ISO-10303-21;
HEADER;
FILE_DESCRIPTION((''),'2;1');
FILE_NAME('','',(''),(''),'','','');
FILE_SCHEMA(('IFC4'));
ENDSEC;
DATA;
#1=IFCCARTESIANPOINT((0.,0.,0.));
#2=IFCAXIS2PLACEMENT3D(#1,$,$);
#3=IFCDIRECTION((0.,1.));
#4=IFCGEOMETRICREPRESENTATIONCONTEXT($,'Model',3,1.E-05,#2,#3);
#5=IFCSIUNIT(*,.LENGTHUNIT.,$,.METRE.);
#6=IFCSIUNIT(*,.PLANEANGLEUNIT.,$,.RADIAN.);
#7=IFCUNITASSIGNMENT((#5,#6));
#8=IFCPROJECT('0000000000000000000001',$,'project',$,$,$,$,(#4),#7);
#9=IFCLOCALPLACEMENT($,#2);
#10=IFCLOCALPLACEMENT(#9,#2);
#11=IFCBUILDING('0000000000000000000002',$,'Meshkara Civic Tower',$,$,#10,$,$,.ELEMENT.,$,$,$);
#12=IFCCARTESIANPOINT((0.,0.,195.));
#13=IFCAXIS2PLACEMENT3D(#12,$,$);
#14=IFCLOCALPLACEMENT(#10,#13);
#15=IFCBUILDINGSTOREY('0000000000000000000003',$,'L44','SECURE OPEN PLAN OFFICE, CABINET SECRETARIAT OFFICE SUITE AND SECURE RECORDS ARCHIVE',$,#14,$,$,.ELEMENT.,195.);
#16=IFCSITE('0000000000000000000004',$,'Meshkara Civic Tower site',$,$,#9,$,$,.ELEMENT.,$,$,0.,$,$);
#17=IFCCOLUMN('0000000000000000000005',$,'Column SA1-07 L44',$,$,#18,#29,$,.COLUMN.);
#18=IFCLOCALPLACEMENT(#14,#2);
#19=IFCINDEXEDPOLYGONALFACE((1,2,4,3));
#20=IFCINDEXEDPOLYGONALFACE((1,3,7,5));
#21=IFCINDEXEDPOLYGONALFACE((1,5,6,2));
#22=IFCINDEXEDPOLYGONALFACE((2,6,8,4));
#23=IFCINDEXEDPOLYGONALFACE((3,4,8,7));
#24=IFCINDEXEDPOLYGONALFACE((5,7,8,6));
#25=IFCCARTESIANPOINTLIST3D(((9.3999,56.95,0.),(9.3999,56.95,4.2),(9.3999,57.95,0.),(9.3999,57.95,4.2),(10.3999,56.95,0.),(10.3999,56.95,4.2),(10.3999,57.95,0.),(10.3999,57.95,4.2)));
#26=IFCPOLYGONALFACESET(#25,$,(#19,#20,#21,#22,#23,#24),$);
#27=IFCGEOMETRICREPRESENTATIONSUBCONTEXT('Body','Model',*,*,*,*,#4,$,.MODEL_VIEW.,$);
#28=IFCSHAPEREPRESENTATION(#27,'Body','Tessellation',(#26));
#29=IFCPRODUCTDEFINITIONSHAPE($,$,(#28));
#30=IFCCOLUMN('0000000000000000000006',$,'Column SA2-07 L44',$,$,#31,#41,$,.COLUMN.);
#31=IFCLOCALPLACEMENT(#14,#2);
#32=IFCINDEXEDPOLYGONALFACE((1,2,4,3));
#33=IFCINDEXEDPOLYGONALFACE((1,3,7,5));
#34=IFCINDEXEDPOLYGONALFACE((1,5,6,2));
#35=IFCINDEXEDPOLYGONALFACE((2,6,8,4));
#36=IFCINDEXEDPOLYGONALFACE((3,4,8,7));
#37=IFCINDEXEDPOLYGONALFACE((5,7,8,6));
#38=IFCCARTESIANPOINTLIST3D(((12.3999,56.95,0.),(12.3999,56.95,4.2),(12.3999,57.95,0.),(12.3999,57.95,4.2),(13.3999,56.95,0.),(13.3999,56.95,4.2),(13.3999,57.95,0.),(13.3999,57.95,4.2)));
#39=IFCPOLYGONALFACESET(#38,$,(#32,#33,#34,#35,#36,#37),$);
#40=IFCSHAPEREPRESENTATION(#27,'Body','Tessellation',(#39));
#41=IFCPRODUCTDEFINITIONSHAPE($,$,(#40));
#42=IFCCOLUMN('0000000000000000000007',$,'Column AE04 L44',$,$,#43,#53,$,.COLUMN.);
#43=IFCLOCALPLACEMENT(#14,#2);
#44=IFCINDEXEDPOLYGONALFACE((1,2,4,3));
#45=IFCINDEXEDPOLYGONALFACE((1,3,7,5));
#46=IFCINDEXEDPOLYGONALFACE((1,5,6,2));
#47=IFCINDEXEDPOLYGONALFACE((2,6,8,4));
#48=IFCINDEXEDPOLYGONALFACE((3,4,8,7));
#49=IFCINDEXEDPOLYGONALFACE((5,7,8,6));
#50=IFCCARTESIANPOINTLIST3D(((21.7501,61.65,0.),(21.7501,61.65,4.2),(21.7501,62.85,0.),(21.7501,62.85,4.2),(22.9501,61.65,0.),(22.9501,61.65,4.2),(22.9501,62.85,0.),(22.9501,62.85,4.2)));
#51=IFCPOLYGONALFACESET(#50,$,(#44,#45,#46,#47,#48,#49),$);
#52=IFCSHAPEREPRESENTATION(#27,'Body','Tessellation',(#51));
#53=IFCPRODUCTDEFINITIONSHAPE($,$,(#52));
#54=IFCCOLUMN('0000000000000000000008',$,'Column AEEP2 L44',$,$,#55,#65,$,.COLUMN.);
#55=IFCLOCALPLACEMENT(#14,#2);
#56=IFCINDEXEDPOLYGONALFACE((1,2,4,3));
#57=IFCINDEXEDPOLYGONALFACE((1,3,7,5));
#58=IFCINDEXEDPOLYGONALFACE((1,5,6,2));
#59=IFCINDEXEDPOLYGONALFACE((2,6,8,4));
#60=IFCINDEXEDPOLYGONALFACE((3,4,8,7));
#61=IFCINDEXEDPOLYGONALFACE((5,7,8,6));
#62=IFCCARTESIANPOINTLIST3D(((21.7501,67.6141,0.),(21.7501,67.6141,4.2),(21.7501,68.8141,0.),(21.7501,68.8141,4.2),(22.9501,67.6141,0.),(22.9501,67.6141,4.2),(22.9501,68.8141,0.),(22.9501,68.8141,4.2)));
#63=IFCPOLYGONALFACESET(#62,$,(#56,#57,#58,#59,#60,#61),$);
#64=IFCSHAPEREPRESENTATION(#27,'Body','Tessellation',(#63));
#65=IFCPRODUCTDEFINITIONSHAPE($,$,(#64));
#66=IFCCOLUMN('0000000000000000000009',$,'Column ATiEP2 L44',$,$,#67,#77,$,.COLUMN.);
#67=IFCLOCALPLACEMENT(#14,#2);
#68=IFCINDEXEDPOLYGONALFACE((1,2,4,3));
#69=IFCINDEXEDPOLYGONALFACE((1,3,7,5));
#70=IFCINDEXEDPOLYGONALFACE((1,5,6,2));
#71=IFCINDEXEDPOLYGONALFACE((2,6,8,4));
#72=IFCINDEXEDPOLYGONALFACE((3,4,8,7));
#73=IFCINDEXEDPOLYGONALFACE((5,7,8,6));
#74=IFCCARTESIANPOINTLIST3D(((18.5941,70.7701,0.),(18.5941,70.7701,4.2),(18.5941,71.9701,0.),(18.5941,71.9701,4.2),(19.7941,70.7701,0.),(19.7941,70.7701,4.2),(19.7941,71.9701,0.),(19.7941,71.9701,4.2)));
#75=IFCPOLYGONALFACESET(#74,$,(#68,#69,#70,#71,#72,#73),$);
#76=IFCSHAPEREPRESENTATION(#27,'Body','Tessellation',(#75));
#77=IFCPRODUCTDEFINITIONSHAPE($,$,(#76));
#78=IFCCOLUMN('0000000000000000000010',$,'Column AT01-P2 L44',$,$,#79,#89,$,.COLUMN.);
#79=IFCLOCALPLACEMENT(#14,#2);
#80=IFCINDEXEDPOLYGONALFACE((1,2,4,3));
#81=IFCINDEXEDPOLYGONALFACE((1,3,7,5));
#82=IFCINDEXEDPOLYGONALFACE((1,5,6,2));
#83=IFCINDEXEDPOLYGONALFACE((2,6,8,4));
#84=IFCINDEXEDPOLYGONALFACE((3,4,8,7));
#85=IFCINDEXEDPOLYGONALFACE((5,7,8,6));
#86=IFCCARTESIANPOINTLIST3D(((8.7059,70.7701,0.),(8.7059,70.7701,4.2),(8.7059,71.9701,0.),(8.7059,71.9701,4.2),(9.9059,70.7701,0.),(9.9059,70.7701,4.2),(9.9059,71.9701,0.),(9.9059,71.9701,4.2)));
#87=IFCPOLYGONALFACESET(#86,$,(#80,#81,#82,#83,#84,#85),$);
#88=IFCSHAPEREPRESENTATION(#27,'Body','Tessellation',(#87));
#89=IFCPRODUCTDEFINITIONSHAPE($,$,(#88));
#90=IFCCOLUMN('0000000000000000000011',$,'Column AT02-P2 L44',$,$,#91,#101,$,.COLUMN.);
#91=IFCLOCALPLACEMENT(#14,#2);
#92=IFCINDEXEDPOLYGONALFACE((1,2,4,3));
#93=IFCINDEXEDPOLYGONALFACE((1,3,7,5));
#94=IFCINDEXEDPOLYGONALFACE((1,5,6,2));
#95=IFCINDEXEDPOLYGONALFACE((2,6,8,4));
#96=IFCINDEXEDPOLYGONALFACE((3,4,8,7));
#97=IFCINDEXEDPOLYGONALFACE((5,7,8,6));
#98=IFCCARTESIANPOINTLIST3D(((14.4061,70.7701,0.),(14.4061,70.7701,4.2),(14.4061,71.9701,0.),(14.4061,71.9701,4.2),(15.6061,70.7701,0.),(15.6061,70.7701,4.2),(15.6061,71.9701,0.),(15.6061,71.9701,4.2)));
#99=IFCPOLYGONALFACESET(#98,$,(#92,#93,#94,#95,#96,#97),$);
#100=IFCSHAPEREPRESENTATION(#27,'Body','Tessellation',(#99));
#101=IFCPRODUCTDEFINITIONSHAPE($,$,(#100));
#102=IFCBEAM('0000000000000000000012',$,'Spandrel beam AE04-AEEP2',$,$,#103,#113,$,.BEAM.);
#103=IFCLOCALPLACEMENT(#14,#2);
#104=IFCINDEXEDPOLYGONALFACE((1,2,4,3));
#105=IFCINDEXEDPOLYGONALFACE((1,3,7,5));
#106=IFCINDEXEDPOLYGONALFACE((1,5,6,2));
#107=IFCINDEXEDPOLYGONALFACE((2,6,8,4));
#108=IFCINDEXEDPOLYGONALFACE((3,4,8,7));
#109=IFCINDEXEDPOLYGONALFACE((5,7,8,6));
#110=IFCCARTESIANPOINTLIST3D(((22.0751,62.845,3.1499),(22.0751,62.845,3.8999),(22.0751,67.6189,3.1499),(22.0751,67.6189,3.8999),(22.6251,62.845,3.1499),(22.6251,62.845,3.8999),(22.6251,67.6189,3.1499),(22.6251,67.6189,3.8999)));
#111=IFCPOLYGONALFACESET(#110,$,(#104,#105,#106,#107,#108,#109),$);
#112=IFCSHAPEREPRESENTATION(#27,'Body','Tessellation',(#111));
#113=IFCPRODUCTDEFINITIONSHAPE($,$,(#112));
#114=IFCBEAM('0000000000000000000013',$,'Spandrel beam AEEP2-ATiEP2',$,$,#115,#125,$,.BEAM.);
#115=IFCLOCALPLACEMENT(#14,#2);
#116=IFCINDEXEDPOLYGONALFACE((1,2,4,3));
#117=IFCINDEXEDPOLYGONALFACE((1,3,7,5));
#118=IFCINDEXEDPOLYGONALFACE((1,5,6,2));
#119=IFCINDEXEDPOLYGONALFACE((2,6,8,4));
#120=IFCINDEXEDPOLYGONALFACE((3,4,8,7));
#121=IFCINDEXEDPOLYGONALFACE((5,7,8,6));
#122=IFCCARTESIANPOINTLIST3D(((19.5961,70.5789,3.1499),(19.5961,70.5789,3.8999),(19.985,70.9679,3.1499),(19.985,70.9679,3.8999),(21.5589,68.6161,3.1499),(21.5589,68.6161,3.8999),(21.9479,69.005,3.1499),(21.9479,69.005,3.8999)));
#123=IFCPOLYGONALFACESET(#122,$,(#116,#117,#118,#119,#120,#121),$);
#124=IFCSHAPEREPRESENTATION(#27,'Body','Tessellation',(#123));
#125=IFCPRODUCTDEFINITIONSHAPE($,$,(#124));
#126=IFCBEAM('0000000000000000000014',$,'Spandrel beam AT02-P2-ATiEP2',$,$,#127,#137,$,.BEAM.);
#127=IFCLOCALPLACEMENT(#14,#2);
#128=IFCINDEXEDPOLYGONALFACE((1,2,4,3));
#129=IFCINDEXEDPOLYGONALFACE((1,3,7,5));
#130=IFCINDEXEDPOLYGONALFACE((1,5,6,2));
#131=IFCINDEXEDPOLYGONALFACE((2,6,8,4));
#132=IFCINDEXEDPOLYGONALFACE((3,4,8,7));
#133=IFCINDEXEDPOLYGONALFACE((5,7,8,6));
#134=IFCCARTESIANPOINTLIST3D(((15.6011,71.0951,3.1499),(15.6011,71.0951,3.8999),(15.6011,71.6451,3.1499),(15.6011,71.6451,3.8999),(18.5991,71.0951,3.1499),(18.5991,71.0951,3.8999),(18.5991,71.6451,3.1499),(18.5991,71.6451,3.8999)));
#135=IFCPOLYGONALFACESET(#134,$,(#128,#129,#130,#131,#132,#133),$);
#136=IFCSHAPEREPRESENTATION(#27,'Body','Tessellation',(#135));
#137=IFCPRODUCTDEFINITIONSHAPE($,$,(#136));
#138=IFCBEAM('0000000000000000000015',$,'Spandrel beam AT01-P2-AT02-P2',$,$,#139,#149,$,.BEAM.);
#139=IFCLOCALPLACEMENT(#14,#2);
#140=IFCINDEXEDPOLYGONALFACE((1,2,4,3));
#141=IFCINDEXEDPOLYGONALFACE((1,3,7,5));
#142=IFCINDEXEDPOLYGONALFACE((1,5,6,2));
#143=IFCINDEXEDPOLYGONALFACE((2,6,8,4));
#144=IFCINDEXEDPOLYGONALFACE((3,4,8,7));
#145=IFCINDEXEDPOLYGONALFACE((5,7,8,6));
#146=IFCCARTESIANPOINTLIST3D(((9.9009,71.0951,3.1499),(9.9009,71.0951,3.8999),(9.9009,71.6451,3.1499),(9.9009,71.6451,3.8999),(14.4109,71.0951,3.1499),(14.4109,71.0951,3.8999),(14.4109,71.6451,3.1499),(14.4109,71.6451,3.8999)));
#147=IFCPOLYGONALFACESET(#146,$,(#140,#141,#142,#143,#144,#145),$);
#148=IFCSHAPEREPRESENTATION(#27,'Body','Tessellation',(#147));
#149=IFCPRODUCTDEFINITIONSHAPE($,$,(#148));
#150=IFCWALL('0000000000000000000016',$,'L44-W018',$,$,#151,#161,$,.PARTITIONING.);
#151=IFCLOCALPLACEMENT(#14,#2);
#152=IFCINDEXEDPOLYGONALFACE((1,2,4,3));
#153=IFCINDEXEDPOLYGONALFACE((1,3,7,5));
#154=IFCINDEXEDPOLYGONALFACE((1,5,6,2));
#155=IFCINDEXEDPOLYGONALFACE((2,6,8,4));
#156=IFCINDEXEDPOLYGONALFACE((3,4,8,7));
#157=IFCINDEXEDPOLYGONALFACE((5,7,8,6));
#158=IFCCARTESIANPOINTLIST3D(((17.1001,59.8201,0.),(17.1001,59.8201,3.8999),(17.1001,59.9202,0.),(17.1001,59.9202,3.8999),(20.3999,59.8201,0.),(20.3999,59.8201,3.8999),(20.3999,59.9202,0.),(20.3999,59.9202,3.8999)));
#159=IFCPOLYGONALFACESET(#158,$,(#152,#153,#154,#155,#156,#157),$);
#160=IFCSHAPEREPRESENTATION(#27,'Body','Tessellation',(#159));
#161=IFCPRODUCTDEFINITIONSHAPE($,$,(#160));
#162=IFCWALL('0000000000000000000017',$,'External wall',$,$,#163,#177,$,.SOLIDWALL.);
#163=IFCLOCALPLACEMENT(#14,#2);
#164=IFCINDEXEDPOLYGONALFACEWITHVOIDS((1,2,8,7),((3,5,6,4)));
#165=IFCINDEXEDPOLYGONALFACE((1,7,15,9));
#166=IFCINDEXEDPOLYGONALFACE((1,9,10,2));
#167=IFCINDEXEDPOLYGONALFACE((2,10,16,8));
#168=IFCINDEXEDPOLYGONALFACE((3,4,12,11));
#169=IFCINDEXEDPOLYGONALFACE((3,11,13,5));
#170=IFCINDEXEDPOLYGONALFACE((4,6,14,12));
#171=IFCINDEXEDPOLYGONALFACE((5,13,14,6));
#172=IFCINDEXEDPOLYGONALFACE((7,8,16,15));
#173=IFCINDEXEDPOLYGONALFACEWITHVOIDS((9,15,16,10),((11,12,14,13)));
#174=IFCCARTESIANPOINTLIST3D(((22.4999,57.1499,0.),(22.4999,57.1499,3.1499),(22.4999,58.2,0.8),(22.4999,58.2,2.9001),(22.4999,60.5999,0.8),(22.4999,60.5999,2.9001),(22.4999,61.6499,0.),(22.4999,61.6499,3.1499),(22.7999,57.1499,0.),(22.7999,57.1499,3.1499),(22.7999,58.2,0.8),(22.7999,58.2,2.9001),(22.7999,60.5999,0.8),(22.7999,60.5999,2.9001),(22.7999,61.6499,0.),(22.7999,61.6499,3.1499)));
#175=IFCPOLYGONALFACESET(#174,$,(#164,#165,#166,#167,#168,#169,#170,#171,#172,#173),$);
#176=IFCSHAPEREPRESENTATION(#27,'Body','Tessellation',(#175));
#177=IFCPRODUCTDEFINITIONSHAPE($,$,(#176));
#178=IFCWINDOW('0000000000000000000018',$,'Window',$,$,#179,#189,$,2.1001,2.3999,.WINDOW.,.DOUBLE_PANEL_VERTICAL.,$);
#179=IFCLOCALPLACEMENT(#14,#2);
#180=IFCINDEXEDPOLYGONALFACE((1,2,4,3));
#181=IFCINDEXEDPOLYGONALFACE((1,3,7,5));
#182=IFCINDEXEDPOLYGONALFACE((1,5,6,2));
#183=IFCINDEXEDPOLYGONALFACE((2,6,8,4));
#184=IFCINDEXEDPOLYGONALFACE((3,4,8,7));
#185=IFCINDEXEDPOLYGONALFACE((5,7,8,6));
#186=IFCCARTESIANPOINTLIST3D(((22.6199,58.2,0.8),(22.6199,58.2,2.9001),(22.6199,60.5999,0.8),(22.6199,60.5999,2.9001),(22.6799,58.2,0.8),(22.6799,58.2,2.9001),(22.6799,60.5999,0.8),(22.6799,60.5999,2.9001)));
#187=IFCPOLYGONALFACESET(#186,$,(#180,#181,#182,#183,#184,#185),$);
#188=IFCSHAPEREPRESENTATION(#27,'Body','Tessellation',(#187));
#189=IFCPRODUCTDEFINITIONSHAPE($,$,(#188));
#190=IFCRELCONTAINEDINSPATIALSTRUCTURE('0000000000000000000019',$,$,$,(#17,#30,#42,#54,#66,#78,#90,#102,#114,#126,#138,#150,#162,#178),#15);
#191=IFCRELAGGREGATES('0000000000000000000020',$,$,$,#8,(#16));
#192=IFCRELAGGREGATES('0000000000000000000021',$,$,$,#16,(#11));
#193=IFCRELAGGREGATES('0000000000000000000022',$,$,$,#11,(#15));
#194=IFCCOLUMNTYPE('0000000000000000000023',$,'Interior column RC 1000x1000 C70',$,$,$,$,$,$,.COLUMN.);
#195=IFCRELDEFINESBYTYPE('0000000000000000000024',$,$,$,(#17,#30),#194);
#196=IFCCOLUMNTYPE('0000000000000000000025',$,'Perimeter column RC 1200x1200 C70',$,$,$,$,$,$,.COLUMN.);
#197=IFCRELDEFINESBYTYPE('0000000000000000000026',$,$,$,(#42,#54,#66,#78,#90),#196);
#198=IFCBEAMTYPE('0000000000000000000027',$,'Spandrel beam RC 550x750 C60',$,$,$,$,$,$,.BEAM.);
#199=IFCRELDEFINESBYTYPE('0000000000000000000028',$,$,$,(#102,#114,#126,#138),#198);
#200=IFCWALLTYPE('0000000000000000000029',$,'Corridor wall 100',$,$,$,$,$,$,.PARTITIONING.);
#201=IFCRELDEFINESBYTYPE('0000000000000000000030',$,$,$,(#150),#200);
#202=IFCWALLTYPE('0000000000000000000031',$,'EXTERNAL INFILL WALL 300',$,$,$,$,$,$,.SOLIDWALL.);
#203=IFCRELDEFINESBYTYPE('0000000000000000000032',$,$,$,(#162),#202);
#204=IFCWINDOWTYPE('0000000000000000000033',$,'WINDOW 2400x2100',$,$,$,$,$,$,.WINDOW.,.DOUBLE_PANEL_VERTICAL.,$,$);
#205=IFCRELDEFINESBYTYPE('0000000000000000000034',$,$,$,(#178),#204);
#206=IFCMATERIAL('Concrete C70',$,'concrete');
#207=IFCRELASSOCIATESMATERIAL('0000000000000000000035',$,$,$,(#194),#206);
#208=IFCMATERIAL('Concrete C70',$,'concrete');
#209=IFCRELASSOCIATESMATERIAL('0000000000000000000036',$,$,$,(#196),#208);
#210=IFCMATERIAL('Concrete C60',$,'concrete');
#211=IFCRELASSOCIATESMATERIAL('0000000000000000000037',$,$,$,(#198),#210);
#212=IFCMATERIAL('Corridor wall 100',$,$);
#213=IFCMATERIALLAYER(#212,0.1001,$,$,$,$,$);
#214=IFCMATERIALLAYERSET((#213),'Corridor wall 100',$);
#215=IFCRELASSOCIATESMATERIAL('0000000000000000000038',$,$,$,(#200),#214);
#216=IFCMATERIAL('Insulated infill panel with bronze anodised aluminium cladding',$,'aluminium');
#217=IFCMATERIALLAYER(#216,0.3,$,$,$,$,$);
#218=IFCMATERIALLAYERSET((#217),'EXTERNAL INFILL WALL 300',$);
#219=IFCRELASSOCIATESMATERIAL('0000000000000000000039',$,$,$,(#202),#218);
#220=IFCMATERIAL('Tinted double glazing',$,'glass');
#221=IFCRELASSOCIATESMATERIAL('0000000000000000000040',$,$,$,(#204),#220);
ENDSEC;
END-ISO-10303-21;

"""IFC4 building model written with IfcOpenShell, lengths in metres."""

from ifc_helpers import new_model, si_unit, direction, frame, frame_2d, origin, origin_2d, place, context, subcontext, project, spatial, rectangle, extrude, material, layer, layer_set, material_profile, profile_set, type_object, element, fill, save


model = new_model("IFC4")

# Units and contexts
model_context = context("Model", 3, precision=1e-05, world=origin(), true_north=direction((0.0, 1.0)))
body_context = subcontext(model_context, "Body", "Model", "MODEL_VIEW")
ifc_project = project(units=[si_unit("LENGTHUNIT", "METRE"), si_unit("PLANEANGLEUNIT", "RADIAN")], contexts=[model_context])

# Site, building, storey
site_placement = place(None, origin())
site = spatial("IfcSite", under=ifc_project, at=site_placement, Name="Meshkara Civic Tower site", CompositionType="ELEMENT", RefElevation=0.0)
building_placement = place(site_placement, origin())
building = spatial("IfcBuilding", under=site, at=building_placement, Name="Meshkara Civic Tower", CompositionType="ELEMENT")
storey_placement = place(building_placement, frame((0.0, 0.0, 195.0)))
storey = spatial("IfcBuildingStorey", under=building, at=storey_placement, Name="L44", Description="SECURE OPEN PLAN OFFICE, CABINET SECRETARIAT OFFICE SUITE AND SECURE RECORDS ARCHIVE", CompositionType="ELEMENT", Elevation=195.0)

# Columns
ifc_material_1 = material(Name="Concrete C70", Category="concrete")
ifc_material_profile_1 = material_profile(ifc_material_1, rectangle(XDim=1.0, YDim=1.0, at=origin_2d()))
ifc_profile_set_1 = profile_set([ifc_material_profile_1], Name="Concrete C70")
column_type_1 = type_object("IfcColumnType", Name="Interior column RC 1000x1000 C70", PredefinedType="COLUMN", material=ifc_profile_set_1)
for number, where, z_axis, x_axis, name in (
    (1, (9.8999, 57.45, 0.0), (0.0, 0.0, 1.0), (1.0, 0.0, 0.0), "Column SA1-07 L44"),
    (2, (12.8999, 57.45, 0.0), (0.0, 0.0, 1.0), (1.0, 0.0, 0.0), "Column SA2-07 L44"),
):
    element("IfcColumn", number, at=place(storey_placement, frame(where, z_axis=z_axis, x_axis=x_axis)), inside=storey, type_object=column_type_1, Name=name, PredefinedType="COLUMN", context=body_context, shape_type="SweptSolid", body=[
        extrude(rectangle(XDim=1.0, YDim=1.0, at=origin_2d()), origin(), (0.0, 0.0, 1.0), 4.2),
    ])
ifc_material_2 = material(Name="Concrete C70", Category="concrete")
ifc_material_profile_2 = material_profile(ifc_material_2, rectangle(XDim=1.2, YDim=1.2, at=origin_2d()))
ifc_profile_set_2 = profile_set([ifc_material_profile_2], Name="Concrete C70")
column_type_2 = type_object("IfcColumnType", Name="Perimeter column RC 1200x1200 C70", PredefinedType="COLUMN", material=ifc_profile_set_2)
for number, where, z_axis, x_axis, name in (
    (3, (22.3501, 62.25, 0.0), (0.0, 0.0, 1.0), (1.0, 0.0, 0.0), "Column AE04 L44"),
    (4, (22.3501, 68.2141, 0.0), (0.0, 0.0, 1.0), (1.0, 0.0, 0.0), "Column AEEP2 L44"),
    (5, (19.1941, 71.3701, 0.0), (0.0, 0.0, 1.0), (1.0, 0.0, 0.0), "Column ATiEP2 L44"),
    (6, (9.3059, 71.3701, 0.0), (0.0, 0.0, 1.0), (1.0, 0.0, 0.0), "Column AT01-P2 L44"),
    (7, (15.0061, 71.3701, 0.0), (0.0, 0.0, 1.0), (1.0, 0.0, 0.0), "Column AT02-P2 L44"),
):
    element("IfcColumn", number, at=place(storey_placement, frame(where, z_axis=z_axis, x_axis=x_axis)), inside=storey, type_object=column_type_2, Name=name, PredefinedType="COLUMN", context=body_context, shape_type="SweptSolid", body=[
        extrude(rectangle(XDim=1.2, YDim=1.2, at=origin_2d()), origin(), (0.0, 0.0, 1.0), 4.2),
    ])

# Beams
ifc_material_3 = material(Name="Concrete C60", Category="concrete")
ifc_material_profile_3 = material_profile(ifc_material_3, rectangle(XDim=0.55, YDim=0.75, at=origin_2d()))
ifc_profile_set_3 = profile_set([ifc_material_profile_3], Name="Concrete C60")
beam_type = type_object("IfcBeamType", Name="Spandrel beam RC 550x750 C60", PredefinedType="BEAM", material=ifc_profile_set_3)
beam_1_placement = place(storey_placement, frame((22.3501, 62.845, 3.5249), z_axis=(0.0, 1.0, 0.0), x_axis=(-1.0, 0.0, 0.0)))
element("IfcBeam", 8, at=beam_1_placement, inside=storey, type_object=beam_type, Name="Spandrel beam AE04-AEEP2", PredefinedType="BEAM", context=body_context, shape_type="SweptSolid", body=[
    extrude(rectangle(XDim=0.55, YDim=0.75, at=origin_2d()), origin(), (0.0, 0.0, 1.0), 4.7739),
])
beam_2_placement = place(storey_placement, frame((21.7534, 68.8105, 3.5249), z_axis=(-0.707107, 0.707107, 0.0), x_axis=(-0.707107, -0.707107, 0.0)))
element("IfcBeam", 9, at=beam_2_placement, inside=storey, type_object=beam_type, Name="Spandrel beam AEEP2-ATiEP2", PredefinedType="BEAM", context=body_context, shape_type="SweptSolid", body=[
    extrude(rectangle(XDim=0.55, YDim=0.75, at=origin_2d()), origin(), (0.0, 0.0, 1.0), 2.7759),
])
beam_3_placement = place(storey_placement, frame((18.5991, 71.3701, 3.5249), z_axis=(-1.0, 0.0, 0.0), x_axis=(0.0, -1.0, 0.0)))
element("IfcBeam", 10, at=beam_3_placement, inside=storey, type_object=beam_type, Name="Spandrel beam AT02-P2-ATiEP2", PredefinedType="BEAM", context=body_context, shape_type="SweptSolid", body=[
    extrude(rectangle(XDim=0.55, YDim=0.75, at=origin_2d()), origin(), (0.0, 0.0, 1.0), 2.998),
])
beam_4_placement = place(storey_placement, frame((14.4109, 71.3701, 3.5249), z_axis=(-1.0, 0.0, 0.0), x_axis=(0.0, -1.0, 0.0)))
element("IfcBeam", 11, at=beam_4_placement, inside=storey, type_object=beam_type, Name="Spandrel beam AT01-P2-AT02-P2", PredefinedType="BEAM", context=body_context, shape_type="SweptSolid", body=[
    extrude(rectangle(XDim=0.55, YDim=0.75, at=origin_2d()), origin(), (0.0, 0.0, 1.0), 4.51),
])

# Wall
ifc_material_4 = material(Name="Corridor wall 100")
ifc_layer_1 = layer(ifc_material_4, 0.1001)
ifc_layer_set_1 = layer_set([ifc_layer_1], Name="Corridor wall 100")
wall_type_1 = type_object("IfcWallType", Name="Corridor wall 100", PredefinedType="PARTITIONING", material=ifc_layer_set_1)
wall_1_placement = place(storey_placement, frame((20.3999, 59.8701, 0.0), z_axis=(0.0, 0.0, 1.0), x_axis=(-1.0, 0.0, 0.0)))
element("IfcWall", 12, at=wall_1_placement, inside=storey, type_object=wall_type_1, Name="L44-W018", PredefinedType="PARTITIONING", context=body_context, shape_type="SweptSolid", body=[
    extrude(rectangle(XDim=3.2998, YDim=0.1001, at=frame_2d((1.6499, 0.0))), origin(), (0.0, 0.0, 1.0), 3.8999),
])

# Wall, opening, window
ifc_material_5 = material(Name="Insulated infill panel with bronze anodised aluminium cladding", Category="aluminium")
ifc_layer_2 = layer(ifc_material_5, 0.3)
ifc_layer_set_2 = layer_set([ifc_layer_2], Name="EXTERNAL INFILL WALL 300")
wall_type_2 = type_object("IfcWallType", Name="EXTERNAL INFILL WALL 300", PredefinedType="SOLIDWALL", material=ifc_layer_set_2)
wall_2_placement = place(storey_placement, frame((22.6499, 57.1499, 0.0), z_axis=(0.0, 0.0, 1.0), x_axis=(0.0, 1.0, 0.0)))
wall_2 = element("IfcWall", 13, at=wall_2_placement, inside=storey, type_object=wall_type_2, Name="External wall", PredefinedType="SOLIDWALL", context=body_context, shape_type="SweptSolid", body=[
    extrude(rectangle(XDim=4.5, YDim=0.3, at=frame_2d((2.25, 0.0))), origin(), (0.0, 0.0, 1.0), 3.1499),
])
opening_1_placement = place(wall_2_placement, frame((1.05, 0.0, 0.8)))
opening_1 = element("IfcOpeningElement", 14, at=opening_1_placement, cuts=wall_2, PredefinedType="OPENING", context=body_context, shape_type="SweptSolid", body=[
    extrude(rectangle(XDim=2.3999, YDim=2.1001, at=frame_2d((1.2, 1.05))), frame((0.0, 0.1599, 0.0), z_axis=(0.0, -1.0, 0.0), x_axis=(1.0, 0.0, 0.0)), (0.0, 0.0, 1.0), 0.3201),
])
ifc_material_6 = material(Name="Tinted double glazing", Category="glass")
window_type_1 = type_object("IfcWindowType", Name="WINDOW 2400x2100", PartitioningType="DOUBLE_PANEL_VERTICAL", PredefinedType="WINDOW", material=ifc_material_6)
window_1_placement = place(opening_1_placement, origin())
window_1 = element("IfcWindow", 15, at=window_1_placement, inside=storey, type_object=window_type_1, Name="Window", OverallHeight=2.1001, OverallWidth=2.3999, PartitioningType="DOUBLE_PANEL_VERTICAL", PredefinedType="WINDOW", context=body_context, shape_type="SweptSolid", body=[
    extrude(rectangle(XDim=2.3999, YDim=2.1001, at=frame_2d((1.2, 1.05))), frame((0.0, 0.03, 0.0), z_axis=(0.0, -1.0, 0.0), x_axis=(1.0, 0.0, 0.0)), (0.0, 0.0, 1.0), 0.0601),
])
fill(opening_1, window_1)

save(model, "model.ifc")
